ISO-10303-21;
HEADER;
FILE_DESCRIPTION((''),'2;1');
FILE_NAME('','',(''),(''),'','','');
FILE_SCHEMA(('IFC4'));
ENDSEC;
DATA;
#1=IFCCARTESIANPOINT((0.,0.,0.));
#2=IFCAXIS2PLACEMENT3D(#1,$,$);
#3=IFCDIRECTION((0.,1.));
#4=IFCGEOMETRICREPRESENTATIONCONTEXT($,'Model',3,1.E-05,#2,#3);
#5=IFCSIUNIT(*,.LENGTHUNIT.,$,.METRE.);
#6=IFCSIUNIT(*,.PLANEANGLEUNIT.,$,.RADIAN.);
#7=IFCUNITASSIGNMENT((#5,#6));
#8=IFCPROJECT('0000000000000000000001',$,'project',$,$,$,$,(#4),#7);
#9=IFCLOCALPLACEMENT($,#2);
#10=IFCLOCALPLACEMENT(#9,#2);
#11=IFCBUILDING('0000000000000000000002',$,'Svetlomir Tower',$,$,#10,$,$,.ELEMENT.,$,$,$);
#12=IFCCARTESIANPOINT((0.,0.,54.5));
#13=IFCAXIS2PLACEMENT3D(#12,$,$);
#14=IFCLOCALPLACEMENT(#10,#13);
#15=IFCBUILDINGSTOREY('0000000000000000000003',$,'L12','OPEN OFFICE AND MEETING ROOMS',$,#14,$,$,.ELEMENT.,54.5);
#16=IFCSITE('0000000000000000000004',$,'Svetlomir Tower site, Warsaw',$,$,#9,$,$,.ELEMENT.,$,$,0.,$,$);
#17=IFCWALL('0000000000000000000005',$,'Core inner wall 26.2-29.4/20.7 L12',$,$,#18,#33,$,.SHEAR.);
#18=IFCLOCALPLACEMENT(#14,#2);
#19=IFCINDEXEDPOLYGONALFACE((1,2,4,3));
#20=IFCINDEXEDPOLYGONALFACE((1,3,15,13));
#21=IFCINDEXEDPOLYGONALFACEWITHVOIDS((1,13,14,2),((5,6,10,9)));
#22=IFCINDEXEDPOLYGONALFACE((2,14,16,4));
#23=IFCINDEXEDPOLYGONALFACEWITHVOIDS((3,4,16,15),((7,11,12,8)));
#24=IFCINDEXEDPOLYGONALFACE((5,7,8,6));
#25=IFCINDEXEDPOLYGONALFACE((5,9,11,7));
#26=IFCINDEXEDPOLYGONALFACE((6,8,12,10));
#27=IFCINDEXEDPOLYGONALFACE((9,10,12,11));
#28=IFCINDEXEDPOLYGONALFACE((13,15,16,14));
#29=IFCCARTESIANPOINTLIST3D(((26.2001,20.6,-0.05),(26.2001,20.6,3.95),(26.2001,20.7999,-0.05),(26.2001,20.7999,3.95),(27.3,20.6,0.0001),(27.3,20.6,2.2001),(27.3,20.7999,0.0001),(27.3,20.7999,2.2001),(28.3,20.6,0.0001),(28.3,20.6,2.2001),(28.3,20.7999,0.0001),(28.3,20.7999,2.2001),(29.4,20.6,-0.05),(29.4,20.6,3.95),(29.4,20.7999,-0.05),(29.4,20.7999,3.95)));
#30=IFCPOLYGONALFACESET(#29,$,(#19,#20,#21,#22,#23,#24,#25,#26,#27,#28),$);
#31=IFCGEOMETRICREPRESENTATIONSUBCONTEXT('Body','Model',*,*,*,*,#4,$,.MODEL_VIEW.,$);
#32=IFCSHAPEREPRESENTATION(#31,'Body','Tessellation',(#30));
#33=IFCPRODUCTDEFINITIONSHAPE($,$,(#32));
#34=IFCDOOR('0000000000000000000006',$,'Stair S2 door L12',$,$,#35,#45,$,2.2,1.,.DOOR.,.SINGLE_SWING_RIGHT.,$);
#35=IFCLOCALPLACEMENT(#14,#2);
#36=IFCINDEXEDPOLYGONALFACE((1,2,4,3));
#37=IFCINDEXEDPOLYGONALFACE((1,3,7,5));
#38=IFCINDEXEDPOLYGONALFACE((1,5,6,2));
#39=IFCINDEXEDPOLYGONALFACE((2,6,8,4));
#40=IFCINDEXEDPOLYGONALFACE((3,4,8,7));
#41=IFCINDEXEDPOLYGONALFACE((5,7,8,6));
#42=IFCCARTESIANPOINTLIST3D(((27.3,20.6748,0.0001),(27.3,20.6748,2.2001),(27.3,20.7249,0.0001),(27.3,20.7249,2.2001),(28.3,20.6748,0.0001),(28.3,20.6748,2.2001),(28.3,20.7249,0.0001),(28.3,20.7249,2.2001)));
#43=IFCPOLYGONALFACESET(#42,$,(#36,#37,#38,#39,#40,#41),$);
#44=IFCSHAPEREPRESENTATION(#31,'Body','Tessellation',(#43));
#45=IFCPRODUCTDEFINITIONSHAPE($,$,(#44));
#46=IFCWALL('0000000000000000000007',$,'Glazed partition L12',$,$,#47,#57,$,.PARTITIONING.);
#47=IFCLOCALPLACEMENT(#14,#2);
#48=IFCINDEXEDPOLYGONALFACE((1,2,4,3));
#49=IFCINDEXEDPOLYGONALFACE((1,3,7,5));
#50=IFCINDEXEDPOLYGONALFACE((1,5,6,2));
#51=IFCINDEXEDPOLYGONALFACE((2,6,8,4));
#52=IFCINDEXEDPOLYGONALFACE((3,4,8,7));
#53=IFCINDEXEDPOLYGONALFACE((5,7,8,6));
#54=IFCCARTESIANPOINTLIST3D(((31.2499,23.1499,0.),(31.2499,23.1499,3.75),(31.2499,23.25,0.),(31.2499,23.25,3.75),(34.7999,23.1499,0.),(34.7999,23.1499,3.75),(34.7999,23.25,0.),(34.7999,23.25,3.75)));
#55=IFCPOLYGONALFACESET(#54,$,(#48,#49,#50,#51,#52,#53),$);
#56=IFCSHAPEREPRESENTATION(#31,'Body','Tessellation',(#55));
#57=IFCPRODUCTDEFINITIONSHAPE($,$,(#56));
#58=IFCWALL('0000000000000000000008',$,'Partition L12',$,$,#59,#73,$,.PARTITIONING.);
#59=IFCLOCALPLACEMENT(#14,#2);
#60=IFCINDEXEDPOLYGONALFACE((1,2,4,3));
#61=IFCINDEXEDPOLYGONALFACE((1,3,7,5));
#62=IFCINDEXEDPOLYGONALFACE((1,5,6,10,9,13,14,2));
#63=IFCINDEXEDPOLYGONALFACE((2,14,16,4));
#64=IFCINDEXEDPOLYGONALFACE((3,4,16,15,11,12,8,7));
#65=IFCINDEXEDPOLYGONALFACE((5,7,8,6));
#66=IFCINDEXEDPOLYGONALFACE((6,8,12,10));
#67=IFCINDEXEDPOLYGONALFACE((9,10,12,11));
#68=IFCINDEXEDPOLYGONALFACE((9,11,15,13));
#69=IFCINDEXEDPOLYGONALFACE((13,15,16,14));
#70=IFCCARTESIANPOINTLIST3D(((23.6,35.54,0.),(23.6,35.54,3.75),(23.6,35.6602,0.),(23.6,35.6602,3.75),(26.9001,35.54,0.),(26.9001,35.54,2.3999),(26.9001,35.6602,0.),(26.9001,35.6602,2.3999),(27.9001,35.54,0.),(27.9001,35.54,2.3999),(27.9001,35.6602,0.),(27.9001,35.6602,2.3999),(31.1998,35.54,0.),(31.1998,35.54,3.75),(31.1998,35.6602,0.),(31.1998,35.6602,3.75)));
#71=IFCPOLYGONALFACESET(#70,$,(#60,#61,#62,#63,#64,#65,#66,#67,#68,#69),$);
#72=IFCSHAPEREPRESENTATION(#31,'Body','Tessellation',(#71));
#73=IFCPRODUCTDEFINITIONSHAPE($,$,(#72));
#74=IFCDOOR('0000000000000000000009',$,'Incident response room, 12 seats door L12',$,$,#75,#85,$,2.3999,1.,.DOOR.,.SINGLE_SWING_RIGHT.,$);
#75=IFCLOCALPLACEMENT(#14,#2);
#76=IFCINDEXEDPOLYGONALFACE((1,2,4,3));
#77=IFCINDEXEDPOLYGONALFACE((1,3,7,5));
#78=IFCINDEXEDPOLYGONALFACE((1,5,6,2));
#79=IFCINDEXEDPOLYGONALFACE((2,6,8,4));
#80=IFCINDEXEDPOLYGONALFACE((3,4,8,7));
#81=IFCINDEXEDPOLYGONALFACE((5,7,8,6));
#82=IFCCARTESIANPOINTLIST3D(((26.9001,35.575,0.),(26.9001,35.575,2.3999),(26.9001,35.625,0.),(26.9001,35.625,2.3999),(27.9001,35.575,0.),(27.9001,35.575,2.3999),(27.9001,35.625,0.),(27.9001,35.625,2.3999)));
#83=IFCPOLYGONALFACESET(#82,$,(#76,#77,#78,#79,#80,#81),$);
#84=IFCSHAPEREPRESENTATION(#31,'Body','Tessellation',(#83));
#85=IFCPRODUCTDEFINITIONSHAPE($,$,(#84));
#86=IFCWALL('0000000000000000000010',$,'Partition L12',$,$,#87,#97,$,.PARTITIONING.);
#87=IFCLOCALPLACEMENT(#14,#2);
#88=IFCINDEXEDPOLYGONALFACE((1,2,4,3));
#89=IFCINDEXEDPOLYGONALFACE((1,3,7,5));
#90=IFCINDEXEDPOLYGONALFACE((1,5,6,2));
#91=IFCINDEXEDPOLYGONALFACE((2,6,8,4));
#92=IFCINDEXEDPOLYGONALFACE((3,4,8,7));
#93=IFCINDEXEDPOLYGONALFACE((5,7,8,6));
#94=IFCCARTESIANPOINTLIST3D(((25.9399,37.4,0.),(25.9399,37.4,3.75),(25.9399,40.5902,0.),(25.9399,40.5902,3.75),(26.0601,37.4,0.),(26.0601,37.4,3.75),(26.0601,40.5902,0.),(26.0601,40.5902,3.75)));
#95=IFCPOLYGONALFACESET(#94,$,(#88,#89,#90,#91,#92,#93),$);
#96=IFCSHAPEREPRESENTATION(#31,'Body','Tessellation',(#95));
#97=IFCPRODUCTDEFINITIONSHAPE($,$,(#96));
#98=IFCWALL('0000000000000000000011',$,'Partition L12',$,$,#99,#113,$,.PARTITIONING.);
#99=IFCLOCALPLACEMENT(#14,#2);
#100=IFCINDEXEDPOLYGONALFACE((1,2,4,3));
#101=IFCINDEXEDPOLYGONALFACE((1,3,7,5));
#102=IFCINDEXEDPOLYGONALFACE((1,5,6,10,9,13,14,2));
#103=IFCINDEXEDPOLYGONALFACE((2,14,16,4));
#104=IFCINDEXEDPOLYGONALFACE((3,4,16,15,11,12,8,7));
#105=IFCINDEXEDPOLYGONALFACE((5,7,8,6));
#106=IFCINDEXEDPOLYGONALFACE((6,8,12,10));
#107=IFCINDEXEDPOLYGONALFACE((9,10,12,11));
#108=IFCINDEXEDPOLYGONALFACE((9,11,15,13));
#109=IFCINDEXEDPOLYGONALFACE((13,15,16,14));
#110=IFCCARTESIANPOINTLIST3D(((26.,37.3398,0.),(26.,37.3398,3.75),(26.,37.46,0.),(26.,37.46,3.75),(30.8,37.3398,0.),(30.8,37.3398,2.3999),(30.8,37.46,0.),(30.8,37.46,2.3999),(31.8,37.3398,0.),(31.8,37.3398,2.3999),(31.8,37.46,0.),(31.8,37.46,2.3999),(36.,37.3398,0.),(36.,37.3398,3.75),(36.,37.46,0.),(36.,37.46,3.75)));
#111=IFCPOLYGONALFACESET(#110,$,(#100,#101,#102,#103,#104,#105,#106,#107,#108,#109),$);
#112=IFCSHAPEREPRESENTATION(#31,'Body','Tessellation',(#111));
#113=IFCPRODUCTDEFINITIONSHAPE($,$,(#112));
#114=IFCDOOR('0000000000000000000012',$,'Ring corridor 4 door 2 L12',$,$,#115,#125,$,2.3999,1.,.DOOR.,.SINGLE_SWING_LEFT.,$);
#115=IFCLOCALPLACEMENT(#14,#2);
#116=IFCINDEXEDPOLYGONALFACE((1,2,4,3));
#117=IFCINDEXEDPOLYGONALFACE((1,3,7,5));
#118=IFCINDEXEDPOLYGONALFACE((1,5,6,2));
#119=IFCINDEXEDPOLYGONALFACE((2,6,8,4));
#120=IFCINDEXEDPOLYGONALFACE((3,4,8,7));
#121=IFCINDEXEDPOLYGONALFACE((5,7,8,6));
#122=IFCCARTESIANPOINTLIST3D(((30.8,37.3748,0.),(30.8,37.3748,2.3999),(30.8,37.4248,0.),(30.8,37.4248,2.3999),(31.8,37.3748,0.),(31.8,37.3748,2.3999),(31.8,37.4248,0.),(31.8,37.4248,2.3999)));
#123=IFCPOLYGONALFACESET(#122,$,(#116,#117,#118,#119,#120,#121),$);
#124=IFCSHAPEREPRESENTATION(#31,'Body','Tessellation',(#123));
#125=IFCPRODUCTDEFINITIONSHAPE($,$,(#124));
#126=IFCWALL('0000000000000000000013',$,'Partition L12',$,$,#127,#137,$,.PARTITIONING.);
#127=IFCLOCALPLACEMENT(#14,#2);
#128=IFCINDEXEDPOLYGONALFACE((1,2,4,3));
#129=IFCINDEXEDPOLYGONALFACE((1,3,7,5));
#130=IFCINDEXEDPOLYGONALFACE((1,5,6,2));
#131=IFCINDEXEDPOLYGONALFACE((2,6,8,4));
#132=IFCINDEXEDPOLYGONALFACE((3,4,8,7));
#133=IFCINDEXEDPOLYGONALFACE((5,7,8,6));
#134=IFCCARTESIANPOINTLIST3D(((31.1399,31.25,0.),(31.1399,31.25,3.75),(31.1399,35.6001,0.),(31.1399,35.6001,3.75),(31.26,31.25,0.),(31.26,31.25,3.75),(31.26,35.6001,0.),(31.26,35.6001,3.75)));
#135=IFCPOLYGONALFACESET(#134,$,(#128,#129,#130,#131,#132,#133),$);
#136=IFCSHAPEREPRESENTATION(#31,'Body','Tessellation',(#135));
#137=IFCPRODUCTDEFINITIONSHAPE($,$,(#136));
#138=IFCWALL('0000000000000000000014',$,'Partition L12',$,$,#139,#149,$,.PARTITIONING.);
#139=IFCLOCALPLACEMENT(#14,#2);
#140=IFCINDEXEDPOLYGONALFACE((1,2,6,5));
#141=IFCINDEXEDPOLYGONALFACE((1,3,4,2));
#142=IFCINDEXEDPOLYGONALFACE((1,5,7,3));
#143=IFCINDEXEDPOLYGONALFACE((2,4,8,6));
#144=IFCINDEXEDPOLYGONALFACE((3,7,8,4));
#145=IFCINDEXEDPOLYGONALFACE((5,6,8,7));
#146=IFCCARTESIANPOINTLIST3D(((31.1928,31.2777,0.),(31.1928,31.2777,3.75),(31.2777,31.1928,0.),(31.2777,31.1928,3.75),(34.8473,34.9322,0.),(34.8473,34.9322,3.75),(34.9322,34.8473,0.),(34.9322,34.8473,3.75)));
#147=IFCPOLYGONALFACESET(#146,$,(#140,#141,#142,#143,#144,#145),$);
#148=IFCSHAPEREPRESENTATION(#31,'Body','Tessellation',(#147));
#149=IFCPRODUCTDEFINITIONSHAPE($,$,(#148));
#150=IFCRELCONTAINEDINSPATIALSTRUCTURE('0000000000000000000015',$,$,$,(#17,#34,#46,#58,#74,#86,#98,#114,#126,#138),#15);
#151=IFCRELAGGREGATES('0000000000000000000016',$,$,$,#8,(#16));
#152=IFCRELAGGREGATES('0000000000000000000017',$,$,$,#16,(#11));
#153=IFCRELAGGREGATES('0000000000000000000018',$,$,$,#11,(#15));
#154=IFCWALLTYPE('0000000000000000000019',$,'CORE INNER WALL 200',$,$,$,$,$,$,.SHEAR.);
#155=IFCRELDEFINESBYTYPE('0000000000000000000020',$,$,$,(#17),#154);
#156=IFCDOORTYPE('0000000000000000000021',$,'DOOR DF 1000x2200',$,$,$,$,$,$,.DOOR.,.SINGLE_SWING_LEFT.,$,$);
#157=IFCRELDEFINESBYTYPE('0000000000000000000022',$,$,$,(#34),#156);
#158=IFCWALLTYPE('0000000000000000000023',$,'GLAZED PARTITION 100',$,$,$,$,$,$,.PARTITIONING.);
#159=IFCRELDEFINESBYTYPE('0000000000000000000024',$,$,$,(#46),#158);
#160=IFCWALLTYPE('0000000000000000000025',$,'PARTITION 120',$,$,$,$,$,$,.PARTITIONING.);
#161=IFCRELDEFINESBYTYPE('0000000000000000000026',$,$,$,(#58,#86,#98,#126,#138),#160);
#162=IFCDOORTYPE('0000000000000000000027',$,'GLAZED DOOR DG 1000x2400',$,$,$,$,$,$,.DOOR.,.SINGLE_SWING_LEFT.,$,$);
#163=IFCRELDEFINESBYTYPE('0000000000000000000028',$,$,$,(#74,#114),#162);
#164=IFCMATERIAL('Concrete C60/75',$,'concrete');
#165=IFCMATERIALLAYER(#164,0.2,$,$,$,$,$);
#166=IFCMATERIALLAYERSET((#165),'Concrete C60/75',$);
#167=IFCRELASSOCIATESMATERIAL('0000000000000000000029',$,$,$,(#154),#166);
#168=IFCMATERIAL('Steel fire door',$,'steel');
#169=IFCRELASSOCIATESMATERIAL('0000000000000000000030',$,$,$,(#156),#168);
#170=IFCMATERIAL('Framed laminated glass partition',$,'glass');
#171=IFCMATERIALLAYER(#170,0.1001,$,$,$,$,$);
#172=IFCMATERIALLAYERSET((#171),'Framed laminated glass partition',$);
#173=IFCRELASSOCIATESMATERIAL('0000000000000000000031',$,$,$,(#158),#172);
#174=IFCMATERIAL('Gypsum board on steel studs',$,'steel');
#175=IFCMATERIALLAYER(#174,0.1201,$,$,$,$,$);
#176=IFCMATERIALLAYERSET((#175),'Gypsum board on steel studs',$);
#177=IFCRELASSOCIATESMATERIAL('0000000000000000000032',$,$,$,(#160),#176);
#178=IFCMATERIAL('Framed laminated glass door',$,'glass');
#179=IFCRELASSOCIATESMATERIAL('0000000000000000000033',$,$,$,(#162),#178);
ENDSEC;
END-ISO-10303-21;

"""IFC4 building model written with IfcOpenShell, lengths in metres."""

from ifc_helpers import new_model, si_unit, direction, frame, frame_2d, origin, place, context, subcontext, project, spatial, rectangle, extrude, material, layer, layer_set, type_object, element, fill, save


model = new_model("IFC4")

# Units and contexts
model_context = context("Model", 3, precision=1e-05, world=origin(), true_north=direction((0.0, 1.0)))
body_context = subcontext(model_context, "Body", "Model", "MODEL_VIEW")
ifc_project = project(units=[si_unit("LENGTHUNIT", "METRE"), si_unit("PLANEANGLEUNIT", "RADIAN")], contexts=[model_context])

# Site, building, storey
site_placement = place(None, origin())
site = spatial("IfcSite", under=ifc_project, at=site_placement, Name="Svetlomir Tower site, Warsaw", CompositionType="ELEMENT", RefElevation=0.0)
building_placement = place(site_placement, origin())
building = spatial("IfcBuilding", under=site, at=building_placement, Name="Svetlomir Tower", CompositionType="ELEMENT")
storey_placement = place(building_placement, frame((0.0, 0.0, 54.5)))
storey = spatial("IfcBuildingStorey", under=building, at=storey_placement, Name="L12", Description="OPEN OFFICE AND MEETING ROOMS", CompositionType="ELEMENT", Elevation=54.5)

# Wall, opening, door
ifc_material_1 = material(Name="Concrete C60/75", Category="concrete")
ifc_layer_1 = layer(ifc_material_1, 0.2)
ifc_layer_set_1 = layer_set([ifc_layer_1], Name="Concrete C60/75")
wall_type_1 = type_object("IfcWallType", Name="CORE INNER WALL 200", PredefinedType="SHEAR", material=ifc_layer_set_1)
wall_1_placement = place(storey_placement, frame((26.2, 20.7, -0.05), z_axis=(0.0, 0.0, 1.0), x_axis=(1.0, 0.0, 0.0)))
wall_1 = element("IfcWall", 1, at=wall_1_placement, inside=storey, type_object=wall_type_1, Name="Core inner wall 26.2-29.4/20.7 L12", PredefinedType="SHEAR", context=body_context, shape_type="SweptSolid", body=[
    extrude(rectangle(XDim=3.2, YDim=0.2, at=frame_2d((1.6001, 0.0))), origin(), (0.0, 0.0, 1.0), 4.0),
])
opening_1_placement = place(wall_1_placement, frame((1.1001, 0.0, 0.05)))
opening_1 = element("IfcOpeningElement", 2, at=opening_1_placement, cuts=wall_1, PredefinedType="OPENING", context=body_context, shape_type="SweptSolid", body=[
    extrude(rectangle(XDim=1.0, YDim=2.2, at=frame_2d((0.5, 1.1001))), frame((0.0, 0.1099, 0.0), z_axis=(0.0, -1.0, 0.0), x_axis=(1.0, 0.0, 0.0)), (0.0, 0.0, 1.0), 0.22),
])
ifc_material_2 = material(Name="Steel fire door", Category="steel")
door_type_1 = type_object("IfcDoorType", Name="DOOR DF 1000x2200", OperationType="SINGLE_SWING_LEFT", PredefinedType="DOOR", material=ifc_material_2)
door_1_placement = place(opening_1_placement, origin())
door_1 = element("IfcDoor", 3, at=door_1_placement, inside=storey, type_object=door_type_1, Name="Stair S2 door L12", OperationType="SINGLE_SWING_RIGHT", OverallHeight=2.2, OverallWidth=1.0, PredefinedType="DOOR", context=body_context, shape_type="SweptSolid", body=[
    extrude(rectangle(XDim=1.0, YDim=2.2, at=frame_2d((0.5, 1.1001))), frame((0.0, 0.0249, 0.0), z_axis=(0.0, -1.0, 0.0), x_axis=(1.0, 0.0, 0.0)), (0.0, 0.0, 1.0), 0.05),
])
fill(opening_1, door_1)

# Wall
ifc_material_3 = material(Name="Framed laminated glass partition", Category="glass")
ifc_layer_2 = layer(ifc_material_3, 0.1001)
ifc_layer_set_2 = layer_set([ifc_layer_2], Name="Framed laminated glass partition")
wall_type_2 = type_object("IfcWallType", Name="GLAZED PARTITION 100", PredefinedType="PARTITIONING", material=ifc_layer_set_2)
wall_2_placement = place(storey_placement, frame((31.25, 23.2, 0.0), z_axis=(0.0, 0.0, 1.0), x_axis=(1.0, 0.0, 0.0)))
element("IfcWall", 4, at=wall_2_placement, inside=storey, type_object=wall_type_2, Name="Glazed partition L12", PredefinedType="PARTITIONING", context=body_context, shape_type="SweptSolid", body=[
    extrude(rectangle(XDim=3.55, YDim=0.1001, at=frame_2d((1.7749, 0.0))), origin(), (0.0, 0.0, 1.0), 3.75),
])

# Wall, opening, door
ifc_material_4 = material(Name="Gypsum board on steel studs", Category="steel")
ifc_layer_3 = layer(ifc_material_4, 0.1201)
ifc_layer_set_3 = layer_set([ifc_layer_3], Name="Gypsum board on steel studs")
wall_type_3 = type_object("IfcWallType", Name="PARTITION 120", PredefinedType="PARTITIONING", material=ifc_layer_set_3)
wall_3_placement = place(storey_placement, frame((23.6001, 35.6001, 0.0), z_axis=(0.0, 0.0, 1.0), x_axis=(1.0, 0.0, 0.0)))
wall_3 = element("IfcWall", 5, at=wall_3_placement, inside=storey, type_object=wall_type_3, Name="Partition L12", PredefinedType="PARTITIONING", context=body_context, shape_type="SweptSolid", body=[
    extrude(rectangle(XDim=7.5999, YDim=0.1201, at=frame_2d((3.7998, 0.0))), origin(), (0.0, 0.0, 1.0), 3.75),
])
opening_2_placement = place(wall_3_placement, frame((3.3, 0.0, 0.0)))
opening_2 = element("IfcOpeningElement", 6, at=opening_2_placement, cuts=wall_3, PredefinedType="OPENING", context=body_context, shape_type="SweptSolid", body=[
    extrude(rectangle(XDim=1.0, YDim=2.3999, at=frame_2d((0.5, 1.2))), frame((0.0, 0.0701, 0.0), z_axis=(0.0, -1.0, 0.0), x_axis=(1.0, 0.0, 0.0)), (0.0, 0.0, 1.0), 0.1401),
])
ifc_material_5 = material(Name="Framed laminated glass door", Category="glass")
door_type_2 = type_object("IfcDoorType", Name="GLAZED DOOR DG 1000x2400", OperationType="SINGLE_SWING_LEFT", PredefinedType="DOOR", material=ifc_material_5)
door_2_placement = place(opening_2_placement, origin())
door_2 = element("IfcDoor", 7, at=door_2_placement, inside=storey, type_object=door_type_2, Name="Incident response room, 12 seats door L12", OperationType="SINGLE_SWING_RIGHT", OverallHeight=2.3999, OverallWidth=1.0, PredefinedType="DOOR", context=body_context, shape_type="SweptSolid", body=[
    extrude(rectangle(XDim=1.0, YDim=2.3999, at=frame_2d((0.5, 1.2))), frame((0.0, 0.0249, 0.0), z_axis=(0.0, -1.0, 0.0), x_axis=(1.0, 0.0, 0.0)), (0.0, 0.0, 1.0), 0.05),
])
fill(opening_2, door_2)

# Wall
wall_4_placement = place(storey_placement, frame((26.0, 37.3999, 0.0), z_axis=(0.0, 0.0, 1.0), x_axis=(0.0, 1.0, 0.0)))
element("IfcWall", 8, at=wall_4_placement, inside=storey, type_object=wall_type_3, Name="Partition L12", PredefinedType="PARTITIONING", context=body_context, shape_type="SweptSolid", body=[
    extrude(rectangle(XDim=3.1902, YDim=0.1201, at=frame_2d((1.5952, 0.0))), origin(), (0.0, 0.0, 1.0), 3.75),
])

# Wall, opening, door
wall_5_placement = place(storey_placement, frame((26.0, 37.3999, 0.0), z_axis=(0.0, 0.0, 1.0), x_axis=(1.0, 0.0, 0.0)))
wall_5 = element("IfcWall", 9, at=wall_5_placement, inside=storey, type_object=wall_type_3, Name="Partition L12", PredefinedType="PARTITIONING", context=body_context, shape_type="SweptSolid", body=[
    extrude(rectangle(XDim=10.0, YDim=0.1201, at=frame_2d((5.0, 0.0))), origin(), (0.0, 0.0, 1.0), 3.75),
])
opening_3_placement = place(wall_5_placement, frame((4.8, 0.0, 0.0)))
opening_3 = element("IfcOpeningElement", 10, at=opening_3_placement, cuts=wall_5, PredefinedType="OPENING", context=body_context, shape_type="SweptSolid", body=[
    extrude(rectangle(XDim=1.0, YDim=2.3999, at=frame_2d((0.5, 1.2))), frame((0.0, 0.0701, 0.0), z_axis=(0.0, -1.0, 0.0), x_axis=(1.0, 0.0, 0.0)), (0.0, 0.0, 1.0), 0.1401),
])
door_3_placement = place(opening_3_placement, origin())
door_3 = element("IfcDoor", 11, at=door_3_placement, inside=storey, type_object=door_type_2, Name="Ring corridor 4 door 2 L12", OperationType="SINGLE_SWING_LEFT", OverallHeight=2.3999, OverallWidth=1.0, PredefinedType="DOOR", context=body_context, shape_type="SweptSolid", body=[
    extrude(rectangle(XDim=1.0, YDim=2.3999, at=frame_2d((0.5, 1.2))), frame((0.0, 0.0249, 0.0), z_axis=(0.0, -1.0, 0.0), x_axis=(1.0, 0.0, 0.0)), (0.0, 0.0, 1.0), 0.05),
])
fill(opening_3, door_3)

# Walls
wall_6_placement = place(storey_placement, frame((31.2, 31.25, 0.0), z_axis=(0.0, 0.0, 1.0), x_axis=(0.0, 1.0, 0.0)))
element("IfcWall", 12, at=wall_6_placement, inside=storey, type_object=wall_type_3, Name="Partition L12", PredefinedType="PARTITIONING", context=body_context, shape_type="SweptSolid", body=[
    extrude(rectangle(XDim=4.3501, YDim=0.1201, at=frame_2d((2.175, 0.0))), origin(), (0.0, 0.0, 1.0), 3.75),
])
wall_7_placement = place(storey_placement, frame((31.2354, 31.2354, 0.0), z_axis=(0.0, 0.0, 1.0), x_axis=(0.707107, 0.707107, 0.0)))
element("IfcWall", 13, at=wall_7_placement, inside=storey, type_object=wall_type_3, Name="Partition L12", PredefinedType="PARTITIONING", context=body_context, shape_type="SweptSolid", body=[
    extrude(rectangle(XDim=5.1682, YDim=0.1201, at=frame_2d((2.584, 0.0))), origin(), (0.0, 0.0, 1.0), 3.75),
])

save(model, "model.ifc")
